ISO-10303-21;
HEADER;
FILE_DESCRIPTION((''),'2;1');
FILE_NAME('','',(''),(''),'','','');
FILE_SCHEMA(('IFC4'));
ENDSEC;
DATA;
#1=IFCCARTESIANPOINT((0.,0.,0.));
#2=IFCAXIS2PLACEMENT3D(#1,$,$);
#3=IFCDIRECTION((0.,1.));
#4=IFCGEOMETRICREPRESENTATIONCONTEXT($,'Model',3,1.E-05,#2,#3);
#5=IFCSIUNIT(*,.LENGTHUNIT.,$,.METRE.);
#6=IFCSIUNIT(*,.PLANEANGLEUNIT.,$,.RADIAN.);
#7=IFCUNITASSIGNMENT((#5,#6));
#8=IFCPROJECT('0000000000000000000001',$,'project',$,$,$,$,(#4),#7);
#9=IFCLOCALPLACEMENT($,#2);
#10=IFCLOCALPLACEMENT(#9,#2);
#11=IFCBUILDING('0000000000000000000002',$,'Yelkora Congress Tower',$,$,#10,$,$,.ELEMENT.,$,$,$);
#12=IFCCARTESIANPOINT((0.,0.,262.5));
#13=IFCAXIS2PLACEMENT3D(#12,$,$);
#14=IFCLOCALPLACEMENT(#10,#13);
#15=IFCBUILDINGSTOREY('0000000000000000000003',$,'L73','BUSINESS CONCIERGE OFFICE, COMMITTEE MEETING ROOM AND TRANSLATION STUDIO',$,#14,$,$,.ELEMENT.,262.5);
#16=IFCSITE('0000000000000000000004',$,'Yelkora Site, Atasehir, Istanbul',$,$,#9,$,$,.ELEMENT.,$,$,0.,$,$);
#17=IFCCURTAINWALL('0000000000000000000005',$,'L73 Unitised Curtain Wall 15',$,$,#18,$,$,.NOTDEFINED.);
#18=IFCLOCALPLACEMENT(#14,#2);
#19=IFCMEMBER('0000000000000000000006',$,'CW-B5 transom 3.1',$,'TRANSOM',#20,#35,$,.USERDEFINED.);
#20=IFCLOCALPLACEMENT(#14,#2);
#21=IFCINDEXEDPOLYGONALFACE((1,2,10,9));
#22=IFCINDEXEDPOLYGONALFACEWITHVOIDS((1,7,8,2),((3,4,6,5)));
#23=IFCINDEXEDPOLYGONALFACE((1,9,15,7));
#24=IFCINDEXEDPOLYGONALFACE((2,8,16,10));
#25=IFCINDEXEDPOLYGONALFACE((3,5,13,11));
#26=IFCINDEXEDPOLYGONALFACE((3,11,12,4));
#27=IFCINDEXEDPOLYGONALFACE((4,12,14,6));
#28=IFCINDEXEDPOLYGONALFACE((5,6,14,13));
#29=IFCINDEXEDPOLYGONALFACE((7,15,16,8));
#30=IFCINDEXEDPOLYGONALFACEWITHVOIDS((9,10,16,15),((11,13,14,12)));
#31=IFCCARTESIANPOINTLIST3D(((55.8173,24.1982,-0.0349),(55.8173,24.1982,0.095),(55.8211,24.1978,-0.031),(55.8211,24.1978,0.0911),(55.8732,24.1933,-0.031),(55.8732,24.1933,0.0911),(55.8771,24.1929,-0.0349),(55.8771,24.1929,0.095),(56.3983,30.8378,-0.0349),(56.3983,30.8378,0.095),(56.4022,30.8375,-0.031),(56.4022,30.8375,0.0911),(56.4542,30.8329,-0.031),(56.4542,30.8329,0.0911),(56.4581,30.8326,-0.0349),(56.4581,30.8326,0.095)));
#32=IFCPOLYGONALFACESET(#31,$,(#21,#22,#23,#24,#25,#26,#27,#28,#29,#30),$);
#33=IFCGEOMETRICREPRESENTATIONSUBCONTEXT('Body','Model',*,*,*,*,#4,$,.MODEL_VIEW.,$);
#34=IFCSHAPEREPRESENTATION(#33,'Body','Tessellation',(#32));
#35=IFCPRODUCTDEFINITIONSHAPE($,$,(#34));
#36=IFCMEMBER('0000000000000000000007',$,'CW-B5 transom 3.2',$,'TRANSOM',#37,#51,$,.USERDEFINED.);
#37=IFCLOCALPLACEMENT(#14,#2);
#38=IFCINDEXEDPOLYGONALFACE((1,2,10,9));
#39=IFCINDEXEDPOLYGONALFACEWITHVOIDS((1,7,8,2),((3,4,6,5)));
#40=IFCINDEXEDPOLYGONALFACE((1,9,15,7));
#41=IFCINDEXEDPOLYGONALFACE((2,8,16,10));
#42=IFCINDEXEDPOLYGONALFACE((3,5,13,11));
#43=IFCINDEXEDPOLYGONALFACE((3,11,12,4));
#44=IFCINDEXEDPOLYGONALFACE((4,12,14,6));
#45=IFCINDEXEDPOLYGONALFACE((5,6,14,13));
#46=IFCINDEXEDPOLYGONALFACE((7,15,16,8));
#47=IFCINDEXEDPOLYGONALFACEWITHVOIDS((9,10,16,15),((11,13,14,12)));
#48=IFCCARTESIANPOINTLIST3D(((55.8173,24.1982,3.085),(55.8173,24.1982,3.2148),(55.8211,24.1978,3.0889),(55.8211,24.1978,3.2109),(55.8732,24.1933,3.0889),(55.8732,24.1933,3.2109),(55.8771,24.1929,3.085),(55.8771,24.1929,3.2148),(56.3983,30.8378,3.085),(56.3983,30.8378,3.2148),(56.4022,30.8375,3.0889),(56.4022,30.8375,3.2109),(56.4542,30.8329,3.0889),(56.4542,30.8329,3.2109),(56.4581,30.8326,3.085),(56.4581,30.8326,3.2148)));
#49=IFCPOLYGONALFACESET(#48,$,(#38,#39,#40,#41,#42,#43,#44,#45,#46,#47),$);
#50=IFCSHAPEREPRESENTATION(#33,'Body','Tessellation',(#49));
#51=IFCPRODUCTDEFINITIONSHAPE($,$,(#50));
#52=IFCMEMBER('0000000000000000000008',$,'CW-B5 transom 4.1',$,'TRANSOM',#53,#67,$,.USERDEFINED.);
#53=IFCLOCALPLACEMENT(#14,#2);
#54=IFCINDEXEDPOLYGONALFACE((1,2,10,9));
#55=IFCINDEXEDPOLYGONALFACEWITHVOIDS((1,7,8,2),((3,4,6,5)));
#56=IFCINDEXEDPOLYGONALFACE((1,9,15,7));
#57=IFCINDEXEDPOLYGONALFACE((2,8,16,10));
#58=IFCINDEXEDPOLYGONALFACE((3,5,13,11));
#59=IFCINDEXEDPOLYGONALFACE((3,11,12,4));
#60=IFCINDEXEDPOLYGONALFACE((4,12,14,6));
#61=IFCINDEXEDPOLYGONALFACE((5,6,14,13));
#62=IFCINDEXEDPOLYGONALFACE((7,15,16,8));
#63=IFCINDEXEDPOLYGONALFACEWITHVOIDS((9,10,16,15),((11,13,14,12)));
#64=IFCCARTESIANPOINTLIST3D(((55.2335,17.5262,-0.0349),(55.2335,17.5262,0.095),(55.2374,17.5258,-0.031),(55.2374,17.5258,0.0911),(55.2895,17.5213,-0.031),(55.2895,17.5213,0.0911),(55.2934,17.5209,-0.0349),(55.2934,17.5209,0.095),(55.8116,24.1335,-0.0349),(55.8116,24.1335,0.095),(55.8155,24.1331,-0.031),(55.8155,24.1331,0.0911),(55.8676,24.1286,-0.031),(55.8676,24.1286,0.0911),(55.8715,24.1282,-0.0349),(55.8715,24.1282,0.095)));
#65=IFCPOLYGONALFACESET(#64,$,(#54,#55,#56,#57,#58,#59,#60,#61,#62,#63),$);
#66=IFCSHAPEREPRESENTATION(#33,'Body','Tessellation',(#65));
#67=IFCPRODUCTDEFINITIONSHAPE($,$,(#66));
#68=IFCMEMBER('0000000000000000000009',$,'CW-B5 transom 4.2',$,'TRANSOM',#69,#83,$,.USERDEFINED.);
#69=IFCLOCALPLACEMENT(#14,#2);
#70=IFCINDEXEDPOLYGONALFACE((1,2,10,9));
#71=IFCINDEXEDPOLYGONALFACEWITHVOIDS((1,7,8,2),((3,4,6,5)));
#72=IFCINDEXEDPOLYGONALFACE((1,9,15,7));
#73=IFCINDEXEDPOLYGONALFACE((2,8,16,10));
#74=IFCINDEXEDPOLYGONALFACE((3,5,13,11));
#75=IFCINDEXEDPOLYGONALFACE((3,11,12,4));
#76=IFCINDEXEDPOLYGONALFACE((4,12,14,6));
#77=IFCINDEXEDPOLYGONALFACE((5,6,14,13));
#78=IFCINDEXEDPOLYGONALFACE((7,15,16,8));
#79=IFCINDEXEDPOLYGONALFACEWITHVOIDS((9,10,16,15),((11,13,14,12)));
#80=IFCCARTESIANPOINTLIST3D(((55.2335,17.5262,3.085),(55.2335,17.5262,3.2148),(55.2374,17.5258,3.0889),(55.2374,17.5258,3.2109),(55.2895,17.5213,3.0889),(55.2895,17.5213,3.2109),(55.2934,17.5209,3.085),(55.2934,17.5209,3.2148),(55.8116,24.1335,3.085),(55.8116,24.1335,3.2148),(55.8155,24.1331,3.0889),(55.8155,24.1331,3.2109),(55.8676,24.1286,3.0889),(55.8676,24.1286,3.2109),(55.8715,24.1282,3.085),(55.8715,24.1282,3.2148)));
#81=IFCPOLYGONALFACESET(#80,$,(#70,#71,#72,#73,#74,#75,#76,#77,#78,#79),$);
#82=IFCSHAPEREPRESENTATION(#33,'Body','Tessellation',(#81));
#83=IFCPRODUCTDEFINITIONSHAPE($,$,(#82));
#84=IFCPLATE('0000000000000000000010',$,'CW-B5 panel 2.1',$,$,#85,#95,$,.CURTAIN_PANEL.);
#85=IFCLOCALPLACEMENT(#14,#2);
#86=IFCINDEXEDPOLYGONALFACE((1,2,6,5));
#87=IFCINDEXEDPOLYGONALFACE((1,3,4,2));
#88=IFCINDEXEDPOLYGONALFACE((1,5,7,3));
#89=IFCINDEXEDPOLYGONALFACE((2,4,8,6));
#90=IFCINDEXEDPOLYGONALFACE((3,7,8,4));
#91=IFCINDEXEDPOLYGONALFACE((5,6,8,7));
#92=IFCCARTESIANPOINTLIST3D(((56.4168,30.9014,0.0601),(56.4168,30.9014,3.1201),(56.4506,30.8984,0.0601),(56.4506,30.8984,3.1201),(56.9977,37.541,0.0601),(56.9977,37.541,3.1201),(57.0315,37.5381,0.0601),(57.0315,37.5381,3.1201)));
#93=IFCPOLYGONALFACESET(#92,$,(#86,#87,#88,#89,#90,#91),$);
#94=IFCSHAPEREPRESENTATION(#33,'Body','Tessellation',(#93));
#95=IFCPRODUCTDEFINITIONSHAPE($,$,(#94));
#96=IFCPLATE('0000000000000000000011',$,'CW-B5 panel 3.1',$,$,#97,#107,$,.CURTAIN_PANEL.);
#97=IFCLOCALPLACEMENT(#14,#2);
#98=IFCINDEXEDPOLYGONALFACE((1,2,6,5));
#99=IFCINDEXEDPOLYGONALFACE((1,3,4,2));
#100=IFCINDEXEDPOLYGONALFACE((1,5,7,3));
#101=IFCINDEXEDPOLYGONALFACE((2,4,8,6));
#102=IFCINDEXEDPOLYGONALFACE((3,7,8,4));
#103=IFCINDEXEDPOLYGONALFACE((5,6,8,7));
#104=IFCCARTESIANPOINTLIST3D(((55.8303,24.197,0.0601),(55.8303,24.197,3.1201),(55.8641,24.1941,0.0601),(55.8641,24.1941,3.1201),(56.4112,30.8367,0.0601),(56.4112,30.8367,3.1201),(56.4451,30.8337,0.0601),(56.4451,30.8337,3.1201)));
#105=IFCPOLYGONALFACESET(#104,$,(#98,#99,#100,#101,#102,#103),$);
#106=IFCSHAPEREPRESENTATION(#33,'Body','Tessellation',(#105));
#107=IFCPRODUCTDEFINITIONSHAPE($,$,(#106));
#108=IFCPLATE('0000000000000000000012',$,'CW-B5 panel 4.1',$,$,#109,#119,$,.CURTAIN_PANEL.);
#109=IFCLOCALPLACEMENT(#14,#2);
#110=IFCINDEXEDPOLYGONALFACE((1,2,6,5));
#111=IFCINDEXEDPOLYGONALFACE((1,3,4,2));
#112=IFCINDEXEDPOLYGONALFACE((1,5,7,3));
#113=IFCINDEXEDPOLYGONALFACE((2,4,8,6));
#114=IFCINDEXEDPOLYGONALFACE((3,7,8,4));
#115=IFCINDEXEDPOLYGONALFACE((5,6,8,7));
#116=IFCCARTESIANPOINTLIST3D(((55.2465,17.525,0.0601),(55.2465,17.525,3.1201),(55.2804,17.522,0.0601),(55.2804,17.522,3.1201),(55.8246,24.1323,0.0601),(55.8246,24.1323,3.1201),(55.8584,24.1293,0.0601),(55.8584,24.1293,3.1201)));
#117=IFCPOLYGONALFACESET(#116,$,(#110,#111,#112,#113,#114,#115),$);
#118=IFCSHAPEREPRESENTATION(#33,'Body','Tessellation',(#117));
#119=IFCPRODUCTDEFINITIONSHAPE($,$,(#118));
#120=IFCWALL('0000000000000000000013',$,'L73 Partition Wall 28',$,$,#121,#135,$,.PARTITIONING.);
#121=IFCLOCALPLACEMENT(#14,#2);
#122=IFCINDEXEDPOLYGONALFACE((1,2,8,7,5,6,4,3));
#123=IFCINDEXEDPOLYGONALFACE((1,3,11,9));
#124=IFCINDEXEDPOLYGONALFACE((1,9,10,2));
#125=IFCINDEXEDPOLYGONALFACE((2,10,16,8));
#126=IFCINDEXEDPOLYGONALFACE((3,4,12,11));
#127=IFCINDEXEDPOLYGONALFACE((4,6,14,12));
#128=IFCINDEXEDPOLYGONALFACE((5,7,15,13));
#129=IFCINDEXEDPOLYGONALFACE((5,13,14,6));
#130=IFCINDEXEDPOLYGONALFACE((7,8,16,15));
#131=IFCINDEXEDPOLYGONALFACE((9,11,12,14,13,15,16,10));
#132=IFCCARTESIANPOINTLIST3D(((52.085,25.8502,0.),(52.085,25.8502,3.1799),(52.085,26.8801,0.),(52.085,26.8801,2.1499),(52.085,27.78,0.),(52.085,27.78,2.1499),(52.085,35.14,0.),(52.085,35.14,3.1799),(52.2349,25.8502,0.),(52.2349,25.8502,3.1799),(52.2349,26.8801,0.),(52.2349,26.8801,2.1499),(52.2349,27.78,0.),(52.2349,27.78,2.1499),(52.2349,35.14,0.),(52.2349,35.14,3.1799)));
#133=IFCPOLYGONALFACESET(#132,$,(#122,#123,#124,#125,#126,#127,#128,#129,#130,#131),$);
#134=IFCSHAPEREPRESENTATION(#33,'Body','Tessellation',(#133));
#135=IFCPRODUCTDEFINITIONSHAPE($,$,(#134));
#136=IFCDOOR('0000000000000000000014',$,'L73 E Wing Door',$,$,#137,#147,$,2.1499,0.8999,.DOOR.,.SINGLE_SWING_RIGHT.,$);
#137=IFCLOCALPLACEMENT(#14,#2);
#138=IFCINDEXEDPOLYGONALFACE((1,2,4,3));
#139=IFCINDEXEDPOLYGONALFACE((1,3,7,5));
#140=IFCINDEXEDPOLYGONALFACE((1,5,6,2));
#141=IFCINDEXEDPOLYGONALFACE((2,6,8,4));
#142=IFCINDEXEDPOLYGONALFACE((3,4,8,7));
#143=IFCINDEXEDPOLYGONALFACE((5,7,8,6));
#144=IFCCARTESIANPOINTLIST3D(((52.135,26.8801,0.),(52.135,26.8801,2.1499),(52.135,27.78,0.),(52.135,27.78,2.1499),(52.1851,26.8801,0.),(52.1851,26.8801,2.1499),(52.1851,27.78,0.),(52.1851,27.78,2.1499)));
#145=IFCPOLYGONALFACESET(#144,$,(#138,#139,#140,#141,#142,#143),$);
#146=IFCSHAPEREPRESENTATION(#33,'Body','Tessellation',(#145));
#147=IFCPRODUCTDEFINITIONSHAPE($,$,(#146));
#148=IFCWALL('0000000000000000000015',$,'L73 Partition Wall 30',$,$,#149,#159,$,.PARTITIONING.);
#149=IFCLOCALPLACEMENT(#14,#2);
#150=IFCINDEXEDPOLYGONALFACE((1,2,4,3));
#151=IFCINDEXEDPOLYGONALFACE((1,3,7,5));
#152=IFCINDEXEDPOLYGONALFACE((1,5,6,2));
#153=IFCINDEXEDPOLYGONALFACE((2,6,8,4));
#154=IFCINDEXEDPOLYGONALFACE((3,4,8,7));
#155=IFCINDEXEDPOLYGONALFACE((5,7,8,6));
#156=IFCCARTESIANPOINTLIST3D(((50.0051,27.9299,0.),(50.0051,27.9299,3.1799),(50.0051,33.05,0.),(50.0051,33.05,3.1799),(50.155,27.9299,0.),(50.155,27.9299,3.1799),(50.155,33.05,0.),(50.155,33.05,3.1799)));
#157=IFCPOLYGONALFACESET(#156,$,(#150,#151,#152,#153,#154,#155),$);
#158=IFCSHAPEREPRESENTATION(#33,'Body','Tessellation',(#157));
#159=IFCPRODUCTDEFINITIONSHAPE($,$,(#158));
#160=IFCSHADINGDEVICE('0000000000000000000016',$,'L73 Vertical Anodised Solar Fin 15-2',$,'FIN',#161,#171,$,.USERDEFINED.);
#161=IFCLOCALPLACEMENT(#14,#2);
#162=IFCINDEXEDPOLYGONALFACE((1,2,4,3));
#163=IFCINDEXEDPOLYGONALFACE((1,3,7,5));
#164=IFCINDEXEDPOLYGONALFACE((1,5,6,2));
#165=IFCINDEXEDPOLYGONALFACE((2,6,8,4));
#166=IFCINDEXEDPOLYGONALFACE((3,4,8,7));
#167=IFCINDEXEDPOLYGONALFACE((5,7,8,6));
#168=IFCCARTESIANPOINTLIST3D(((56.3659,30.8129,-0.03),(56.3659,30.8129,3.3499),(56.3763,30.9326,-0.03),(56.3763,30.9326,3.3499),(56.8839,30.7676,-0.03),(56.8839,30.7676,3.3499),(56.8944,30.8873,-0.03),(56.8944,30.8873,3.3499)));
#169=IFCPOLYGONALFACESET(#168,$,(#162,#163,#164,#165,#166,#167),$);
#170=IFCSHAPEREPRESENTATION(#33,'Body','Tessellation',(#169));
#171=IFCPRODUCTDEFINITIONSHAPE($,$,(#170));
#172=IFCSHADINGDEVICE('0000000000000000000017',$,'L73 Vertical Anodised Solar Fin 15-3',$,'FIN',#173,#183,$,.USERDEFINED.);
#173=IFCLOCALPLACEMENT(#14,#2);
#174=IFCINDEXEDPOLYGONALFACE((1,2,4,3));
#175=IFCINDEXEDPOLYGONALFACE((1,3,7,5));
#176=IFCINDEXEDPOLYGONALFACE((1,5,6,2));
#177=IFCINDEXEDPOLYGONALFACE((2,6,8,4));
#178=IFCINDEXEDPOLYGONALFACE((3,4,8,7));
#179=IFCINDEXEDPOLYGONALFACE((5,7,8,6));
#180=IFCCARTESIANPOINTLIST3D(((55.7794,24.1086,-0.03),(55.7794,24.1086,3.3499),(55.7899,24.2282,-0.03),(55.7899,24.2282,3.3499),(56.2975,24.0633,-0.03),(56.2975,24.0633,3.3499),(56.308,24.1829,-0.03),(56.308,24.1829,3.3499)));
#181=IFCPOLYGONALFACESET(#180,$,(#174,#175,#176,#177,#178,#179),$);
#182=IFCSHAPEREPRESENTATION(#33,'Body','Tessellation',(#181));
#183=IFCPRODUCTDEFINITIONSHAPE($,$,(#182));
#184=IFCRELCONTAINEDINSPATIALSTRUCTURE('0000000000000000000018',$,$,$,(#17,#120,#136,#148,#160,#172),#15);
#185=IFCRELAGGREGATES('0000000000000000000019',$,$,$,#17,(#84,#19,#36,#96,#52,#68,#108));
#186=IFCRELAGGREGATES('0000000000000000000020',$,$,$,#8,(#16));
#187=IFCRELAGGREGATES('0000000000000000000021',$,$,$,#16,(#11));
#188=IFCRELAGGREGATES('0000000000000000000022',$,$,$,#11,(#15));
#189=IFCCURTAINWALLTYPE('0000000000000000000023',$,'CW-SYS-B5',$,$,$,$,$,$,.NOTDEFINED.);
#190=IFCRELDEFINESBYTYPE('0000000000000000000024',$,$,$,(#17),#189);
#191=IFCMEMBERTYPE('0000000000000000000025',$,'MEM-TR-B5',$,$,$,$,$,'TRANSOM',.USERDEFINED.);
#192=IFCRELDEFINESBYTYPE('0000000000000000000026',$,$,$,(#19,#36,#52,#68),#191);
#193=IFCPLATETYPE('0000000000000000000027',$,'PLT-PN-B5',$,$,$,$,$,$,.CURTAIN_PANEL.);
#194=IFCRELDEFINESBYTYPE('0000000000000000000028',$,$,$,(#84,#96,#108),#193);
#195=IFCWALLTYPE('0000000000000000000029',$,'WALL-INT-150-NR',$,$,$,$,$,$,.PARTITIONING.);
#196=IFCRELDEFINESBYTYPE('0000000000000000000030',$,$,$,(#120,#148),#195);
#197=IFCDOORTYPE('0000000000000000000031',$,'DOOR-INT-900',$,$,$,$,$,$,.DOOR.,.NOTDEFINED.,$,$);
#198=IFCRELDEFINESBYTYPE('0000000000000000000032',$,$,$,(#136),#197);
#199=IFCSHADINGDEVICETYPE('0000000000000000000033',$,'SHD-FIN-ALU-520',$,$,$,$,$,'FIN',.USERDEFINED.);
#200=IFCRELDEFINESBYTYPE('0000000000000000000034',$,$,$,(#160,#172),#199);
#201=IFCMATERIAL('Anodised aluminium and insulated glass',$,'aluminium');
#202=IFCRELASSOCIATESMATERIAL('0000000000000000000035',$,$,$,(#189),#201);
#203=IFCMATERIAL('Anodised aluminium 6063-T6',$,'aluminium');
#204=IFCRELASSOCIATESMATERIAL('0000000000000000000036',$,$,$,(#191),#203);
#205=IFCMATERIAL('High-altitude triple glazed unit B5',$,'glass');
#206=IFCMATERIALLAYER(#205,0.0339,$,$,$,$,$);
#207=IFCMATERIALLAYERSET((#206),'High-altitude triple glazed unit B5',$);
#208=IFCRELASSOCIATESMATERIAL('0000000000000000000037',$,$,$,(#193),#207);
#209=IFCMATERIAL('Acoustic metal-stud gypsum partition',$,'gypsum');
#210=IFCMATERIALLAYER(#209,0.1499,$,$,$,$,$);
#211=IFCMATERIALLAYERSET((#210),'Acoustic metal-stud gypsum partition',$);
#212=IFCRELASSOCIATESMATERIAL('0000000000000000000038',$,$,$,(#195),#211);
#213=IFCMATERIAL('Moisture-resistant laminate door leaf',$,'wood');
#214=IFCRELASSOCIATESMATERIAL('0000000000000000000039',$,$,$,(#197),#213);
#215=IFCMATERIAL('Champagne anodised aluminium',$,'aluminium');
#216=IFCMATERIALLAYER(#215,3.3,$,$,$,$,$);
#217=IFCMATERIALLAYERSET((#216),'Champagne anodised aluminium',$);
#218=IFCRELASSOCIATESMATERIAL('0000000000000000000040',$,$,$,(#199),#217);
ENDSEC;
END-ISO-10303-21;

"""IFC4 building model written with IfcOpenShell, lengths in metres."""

from ifc_helpers import new_model, si_unit, direction, frame, frame_2d, origin, origin_2d, place, context, subcontext, project, spatial, rectangle, hollow_rectangle, extrude, material, layer, layer_set, material_profile, profile_set, type_object, element, fill, aggregate, save


model = new_model("IFC4")

# Units and contexts
model_context = context("Model", 3, precision=1e-05, world=origin(), true_north=direction((0.0, 1.0)))
body_context = subcontext(model_context, "Body", "Model", "MODEL_VIEW")
ifc_project = project(units=[si_unit("LENGTHUNIT", "METRE"), si_unit("PLANEANGLEUNIT", "RADIAN")], contexts=[model_context])

# Site, building, storey
site_placement = place(None, origin())
site = spatial("IfcSite", under=ifc_project, at=site_placement, Name="Yelkora Site, Atasehir, Istanbul", CompositionType="ELEMENT", RefElevation=0.0)
building_placement = place(site_placement, origin())
building = spatial("IfcBuilding", under=site, at=building_placement, Name="Yelkora Congress Tower", CompositionType="ELEMENT")
storey_placement = place(building_placement, frame((0.0, 0.0, 262.5)))
storey = spatial("IfcBuildingStorey", under=building, at=storey_placement, Name="L73", Description="BUSINESS CONCIERGE OFFICE, COMMITTEE MEETING ROOM AND TRANSLATION STUDIO", CompositionType="ELEMENT", Elevation=262.5)

# Curtain wall, members, plates
ifc_material_1 = material(Name="Anodised aluminium and insulated glass", Category="aluminium")
curtain_wall_type = type_object("IfcCurtainWallType", Name="CW-SYS-B5", PredefinedType="NOTDEFINED", material=ifc_material_1)
curtain_wall_placement = place(storey_placement, origin())
curtain_wall = element("IfcCurtainWall", 1, at=curtain_wall_placement, inside=storey, type_object=curtain_wall_type, Name="L73 Unitised Curtain Wall 15", PredefinedType="NOTDEFINED")
ifc_material_2 = material(Name="Anodised aluminium 6063-T6", Category="aluminium")
ifc_material_profile_1 = material_profile(ifc_material_2, hollow_rectangle(XDim=0.0601, YDim=0.1299, WallThickness=0.0039, at=origin_2d()), Name="ALU 60x130x4")
ifc_profile_set_1 = profile_set([ifc_material_profile_1], Name="Anodised aluminium 6063-T6")
member_type_1 = type_object("IfcMemberType", Name="MEM-TR-B5", ElementType="TRANSOM", PredefinedType="USERDEFINED", material=ifc_profile_set_1)
member_1_placement = place(storey_placement, frame((56.4282, 30.8352, 0.03), z_axis=(-0.08718, -0.996193, 0.0), x_axis=(0.996193, -0.08718, 0.0)))
member_1 = element("IfcMember", 2, at=member_1_placement, type_object=member_type_1, Name="CW-B5 transom 3.1", ObjectType="TRANSOM", PredefinedType="USERDEFINED", context=body_context, shape_type="SweptSolid", body=[
    extrude(hollow_rectangle(XDim=0.0601, YDim=0.1299, WallThickness=0.0039, at=origin_2d()), origin(), (0.0, 0.0, 1.0), 6.665),
])
member_2_placement = place(storey_placement, frame((56.4282, 30.8352, 3.1499), z_axis=(-0.08718, -0.996193, 0.0), x_axis=(0.996193, -0.08718, 0.0)))
member_2 = element("IfcMember", 3, at=member_2_placement, type_object=member_type_1, Name="CW-B5 transom 3.2", ObjectType="TRANSOM", PredefinedType="USERDEFINED", context=body_context, shape_type="SweptSolid", body=[
    extrude(hollow_rectangle(XDim=0.0601, YDim=0.1299, WallThickness=0.0039, at=origin_2d()), origin(), (0.0, 0.0, 1.0), 6.665),
])
member_3_placement = place(storey_placement, frame((55.8416, 24.1309, 0.03), z_axis=(-0.087163, -0.996194, 0.0), x_axis=(0.996194, -0.087163, 0.0)))
member_3 = element("IfcMember", 4, at=member_3_placement, type_object=member_type_1, Name="CW-B5 transom 4.1", ObjectType="TRANSOM", PredefinedType="USERDEFINED", context=body_context, shape_type="SweptSolid", body=[
    extrude(hollow_rectangle(XDim=0.0601, YDim=0.1299, WallThickness=0.0039, at=origin_2d()), origin(), (0.0, 0.0, 1.0), 6.6326),
])
member_4_placement = place(storey_placement, frame((55.8416, 24.1309, 3.1499), z_axis=(-0.087163, -0.996194, 0.0), x_axis=(0.996194, -0.087163, 0.0)))
member_4 = element("IfcMember", 5, at=member_4_placement, type_object=member_type_1, Name="CW-B5 transom 4.2", ObjectType="TRANSOM", PredefinedType="USERDEFINED", context=body_context, shape_type="SweptSolid", body=[
    extrude(hollow_rectangle(XDim=0.0601, YDim=0.1299, WallThickness=0.0039, at=origin_2d()), origin(), (0.0, 0.0, 1.0), 6.6326),
])
ifc_material_3 = material(Name="High-altitude triple glazed unit B5", Category="glass")
ifc_layer_1 = layer(ifc_material_3, 0.0339)
ifc_layer_set_1 = layer_set([ifc_layer_1], Name="High-altitude triple glazed unit B5")
plate_type = type_object("IfcPlateType", Name="PLT-PN-B5", PredefinedType="CURTAIN_PANEL", material=ifc_layer_set_1)
plate_1_placement = place(storey_placement, frame((56.7241, 34.2197, 0.0601), z_axis=(0.0, 0.0, 1.0), x_axis=(-0.087158, -0.996194, 0.0)))
plate_1 = element("IfcPlate", 6, at=plate_1_placement, type_object=plate_type, Name="CW-B5 panel 2.1", PredefinedType="CURTAIN_PANEL", context=body_context, shape_type="SweptSolid", body=[
    extrude(rectangle(XDim=6.665, YDim=0.0339, at=origin_2d()), origin(), (0.0, 0.0, 1.0), 3.0601),
])
plate_2_placement = place(storey_placement, frame((56.1377, 27.5154, 0.0601), z_axis=(0.0, 0.0, 1.0), x_axis=(-0.087158, -0.996194, 0.0)))
plate_2 = element("IfcPlate", 7, at=plate_2_placement, type_object=plate_type, Name="CW-B5 panel 3.1", PredefinedType="CURTAIN_PANEL", context=body_context, shape_type="SweptSolid", body=[
    extrude(rectangle(XDim=6.665, YDim=0.0339, at=origin_2d()), origin(), (0.0, 0.0, 1.0), 3.0601),
])
plate_3_placement = place(storey_placement, frame((55.5525, 20.8271, 0.0601), z_axis=(0.0, 0.0, 1.0), x_axis=(-0.087158, -0.996194, 0.0)))
plate_3 = element("IfcPlate", 8, at=plate_3_placement, type_object=plate_type, Name="CW-B5 panel 4.1", PredefinedType="CURTAIN_PANEL", context=body_context, shape_type="SweptSolid", body=[
    extrude(rectangle(XDim=6.6326, YDim=0.0339, at=origin_2d()), origin(), (0.0, 0.0, 1.0), 3.0601),
])
aggregate(curtain_wall, [plate_1, member_1, member_2, plate_2, member_3, member_4, plate_3])

# Wall, opening, door
ifc_material_4 = material(Name="Acoustic metal-stud gypsum partition", Category="gypsum")
ifc_layer_2 = layer(ifc_material_4, 0.1499)
ifc_layer_set_2 = layer_set([ifc_layer_2], Name="Acoustic metal-stud gypsum partition")
wall_type = type_object("IfcWallType", Name="WALL-INT-150-NR", PredefinedType="PARTITIONING", material=ifc_layer_set_2)
wall_1_placement = place(storey_placement, frame((52.1599, 25.8501, 0.0), z_axis=(0.0, 0.0, 1.0), x_axis=(0.0, 1.0, 0.0)))
wall_1 = element("IfcWall", 9, at=wall_1_placement, inside=storey, type_object=wall_type, Name="L73 Partition Wall 28", PredefinedType="PARTITIONING", context=body_context, shape_type="SweptSolid", body=[
    extrude(rectangle(XDim=9.2898, YDim=0.1499, at=frame_2d((4.645, 0.0))), origin(), (0.0, 0.0, 1.0), 3.1799),
])
opening_placement = place(wall_1_placement, frame((1.03, 0.0, 0.0)))
opening = element("IfcOpeningElement", 10, at=opening_placement, cuts=wall_1, PredefinedType="OPENING", context=body_context, shape_type="SweptSolid", body=[
    extrude(rectangle(XDim=0.8999, YDim=2.1499, at=frame_2d((0.45, 1.075))), frame((0.0, 0.085, 0.0), z_axis=(0.0, -1.0, 0.0), x_axis=(1.0, 0.0, 0.0)), (0.0, 0.0, 1.0), 0.1699),
])
ifc_material_5 = material(Name="Moisture-resistant laminate door leaf", Category="wood")
door_type = type_object("IfcDoorType", Name="DOOR-INT-900", OperationType="NOTDEFINED", PredefinedType="DOOR", material=ifc_material_5)
door_placement = place(opening_placement, origin())
door = element("IfcDoor", 11, at=door_placement, inside=storey, type_object=door_type, Name="L73 E Wing Door", OperationType="SINGLE_SWING_RIGHT", OverallHeight=2.1499, OverallWidth=0.8999, PredefinedType="DOOR", context=body_context, shape_type="SweptSolid", body=[
    extrude(rectangle(XDim=0.8999, YDim=2.1499, at=frame_2d((0.45, 1.075))), frame((0.0, 0.0249, 0.0), z_axis=(0.0, -1.0, 0.0), x_axis=(1.0, 0.0, 0.0)), (0.0, 0.0, 1.0), 0.05),
])
fill(opening, door)

# Wall
wall_2_placement = place(storey_placement, frame((50.0801, 27.9299, 0.0), z_axis=(0.0, 0.0, 1.0), x_axis=(0.0, 1.0, 0.0)))
element("IfcWall", 12, at=wall_2_placement, inside=storey, type_object=wall_type, Name="L73 Partition Wall 30", PredefinedType="PARTITIONING", context=body_context, shape_type="SweptSolid", body=[
    extrude(rectangle(XDim=5.1201, YDim=0.1499, at=frame_2d((2.5601, 0.0))), origin(), (0.0, 0.0, 1.0), 3.1799),
])

# Shading devices
ifc_material_6 = material(Name="Champagne anodised aluminium", Category="aluminium")
ifc_layer_3 = layer(ifc_material_6, 3.3)
ifc_layer_set_3 = layer_set([ifc_layer_3], Name="Champagne anodised aluminium")
shading_device_type = type_object("IfcShadingDeviceType", Name="SHD-FIN-ALU-520", ElementType="FIN", PredefinedType="USERDEFINED", material=ifc_layer_set_3)
for number, where, z_axis, x_axis, name in (
    (13, (56.6301, 30.8501, -0.03), (0.0, 0.0, 1.0), (-0.087156, -0.996195, 0.0), "L73 Vertical Anodised Solar Fin 15-2"),
    (14, (56.0437, 24.1458, -0.03), (0.0, 0.0, 1.0), (-0.087156, -0.996195, 0.0), "L73 Vertical Anodised Solar Fin 15-3"),
):
    element("IfcShadingDevice", number, at=place(storey_placement, frame(where, z_axis=z_axis, x_axis=x_axis)), inside=storey, type_object=shading_device_type, Name=name, ObjectType="FIN", PredefinedType="USERDEFINED", context=body_context, shape_type="SweptSolid", body=[
        extrude(rectangle(XDim=0.1201, YDim=0.52, at=origin_2d()), origin(), (0.0, 0.0, 1.0), 3.3799),
    ])

save(model, "model.ifc")
